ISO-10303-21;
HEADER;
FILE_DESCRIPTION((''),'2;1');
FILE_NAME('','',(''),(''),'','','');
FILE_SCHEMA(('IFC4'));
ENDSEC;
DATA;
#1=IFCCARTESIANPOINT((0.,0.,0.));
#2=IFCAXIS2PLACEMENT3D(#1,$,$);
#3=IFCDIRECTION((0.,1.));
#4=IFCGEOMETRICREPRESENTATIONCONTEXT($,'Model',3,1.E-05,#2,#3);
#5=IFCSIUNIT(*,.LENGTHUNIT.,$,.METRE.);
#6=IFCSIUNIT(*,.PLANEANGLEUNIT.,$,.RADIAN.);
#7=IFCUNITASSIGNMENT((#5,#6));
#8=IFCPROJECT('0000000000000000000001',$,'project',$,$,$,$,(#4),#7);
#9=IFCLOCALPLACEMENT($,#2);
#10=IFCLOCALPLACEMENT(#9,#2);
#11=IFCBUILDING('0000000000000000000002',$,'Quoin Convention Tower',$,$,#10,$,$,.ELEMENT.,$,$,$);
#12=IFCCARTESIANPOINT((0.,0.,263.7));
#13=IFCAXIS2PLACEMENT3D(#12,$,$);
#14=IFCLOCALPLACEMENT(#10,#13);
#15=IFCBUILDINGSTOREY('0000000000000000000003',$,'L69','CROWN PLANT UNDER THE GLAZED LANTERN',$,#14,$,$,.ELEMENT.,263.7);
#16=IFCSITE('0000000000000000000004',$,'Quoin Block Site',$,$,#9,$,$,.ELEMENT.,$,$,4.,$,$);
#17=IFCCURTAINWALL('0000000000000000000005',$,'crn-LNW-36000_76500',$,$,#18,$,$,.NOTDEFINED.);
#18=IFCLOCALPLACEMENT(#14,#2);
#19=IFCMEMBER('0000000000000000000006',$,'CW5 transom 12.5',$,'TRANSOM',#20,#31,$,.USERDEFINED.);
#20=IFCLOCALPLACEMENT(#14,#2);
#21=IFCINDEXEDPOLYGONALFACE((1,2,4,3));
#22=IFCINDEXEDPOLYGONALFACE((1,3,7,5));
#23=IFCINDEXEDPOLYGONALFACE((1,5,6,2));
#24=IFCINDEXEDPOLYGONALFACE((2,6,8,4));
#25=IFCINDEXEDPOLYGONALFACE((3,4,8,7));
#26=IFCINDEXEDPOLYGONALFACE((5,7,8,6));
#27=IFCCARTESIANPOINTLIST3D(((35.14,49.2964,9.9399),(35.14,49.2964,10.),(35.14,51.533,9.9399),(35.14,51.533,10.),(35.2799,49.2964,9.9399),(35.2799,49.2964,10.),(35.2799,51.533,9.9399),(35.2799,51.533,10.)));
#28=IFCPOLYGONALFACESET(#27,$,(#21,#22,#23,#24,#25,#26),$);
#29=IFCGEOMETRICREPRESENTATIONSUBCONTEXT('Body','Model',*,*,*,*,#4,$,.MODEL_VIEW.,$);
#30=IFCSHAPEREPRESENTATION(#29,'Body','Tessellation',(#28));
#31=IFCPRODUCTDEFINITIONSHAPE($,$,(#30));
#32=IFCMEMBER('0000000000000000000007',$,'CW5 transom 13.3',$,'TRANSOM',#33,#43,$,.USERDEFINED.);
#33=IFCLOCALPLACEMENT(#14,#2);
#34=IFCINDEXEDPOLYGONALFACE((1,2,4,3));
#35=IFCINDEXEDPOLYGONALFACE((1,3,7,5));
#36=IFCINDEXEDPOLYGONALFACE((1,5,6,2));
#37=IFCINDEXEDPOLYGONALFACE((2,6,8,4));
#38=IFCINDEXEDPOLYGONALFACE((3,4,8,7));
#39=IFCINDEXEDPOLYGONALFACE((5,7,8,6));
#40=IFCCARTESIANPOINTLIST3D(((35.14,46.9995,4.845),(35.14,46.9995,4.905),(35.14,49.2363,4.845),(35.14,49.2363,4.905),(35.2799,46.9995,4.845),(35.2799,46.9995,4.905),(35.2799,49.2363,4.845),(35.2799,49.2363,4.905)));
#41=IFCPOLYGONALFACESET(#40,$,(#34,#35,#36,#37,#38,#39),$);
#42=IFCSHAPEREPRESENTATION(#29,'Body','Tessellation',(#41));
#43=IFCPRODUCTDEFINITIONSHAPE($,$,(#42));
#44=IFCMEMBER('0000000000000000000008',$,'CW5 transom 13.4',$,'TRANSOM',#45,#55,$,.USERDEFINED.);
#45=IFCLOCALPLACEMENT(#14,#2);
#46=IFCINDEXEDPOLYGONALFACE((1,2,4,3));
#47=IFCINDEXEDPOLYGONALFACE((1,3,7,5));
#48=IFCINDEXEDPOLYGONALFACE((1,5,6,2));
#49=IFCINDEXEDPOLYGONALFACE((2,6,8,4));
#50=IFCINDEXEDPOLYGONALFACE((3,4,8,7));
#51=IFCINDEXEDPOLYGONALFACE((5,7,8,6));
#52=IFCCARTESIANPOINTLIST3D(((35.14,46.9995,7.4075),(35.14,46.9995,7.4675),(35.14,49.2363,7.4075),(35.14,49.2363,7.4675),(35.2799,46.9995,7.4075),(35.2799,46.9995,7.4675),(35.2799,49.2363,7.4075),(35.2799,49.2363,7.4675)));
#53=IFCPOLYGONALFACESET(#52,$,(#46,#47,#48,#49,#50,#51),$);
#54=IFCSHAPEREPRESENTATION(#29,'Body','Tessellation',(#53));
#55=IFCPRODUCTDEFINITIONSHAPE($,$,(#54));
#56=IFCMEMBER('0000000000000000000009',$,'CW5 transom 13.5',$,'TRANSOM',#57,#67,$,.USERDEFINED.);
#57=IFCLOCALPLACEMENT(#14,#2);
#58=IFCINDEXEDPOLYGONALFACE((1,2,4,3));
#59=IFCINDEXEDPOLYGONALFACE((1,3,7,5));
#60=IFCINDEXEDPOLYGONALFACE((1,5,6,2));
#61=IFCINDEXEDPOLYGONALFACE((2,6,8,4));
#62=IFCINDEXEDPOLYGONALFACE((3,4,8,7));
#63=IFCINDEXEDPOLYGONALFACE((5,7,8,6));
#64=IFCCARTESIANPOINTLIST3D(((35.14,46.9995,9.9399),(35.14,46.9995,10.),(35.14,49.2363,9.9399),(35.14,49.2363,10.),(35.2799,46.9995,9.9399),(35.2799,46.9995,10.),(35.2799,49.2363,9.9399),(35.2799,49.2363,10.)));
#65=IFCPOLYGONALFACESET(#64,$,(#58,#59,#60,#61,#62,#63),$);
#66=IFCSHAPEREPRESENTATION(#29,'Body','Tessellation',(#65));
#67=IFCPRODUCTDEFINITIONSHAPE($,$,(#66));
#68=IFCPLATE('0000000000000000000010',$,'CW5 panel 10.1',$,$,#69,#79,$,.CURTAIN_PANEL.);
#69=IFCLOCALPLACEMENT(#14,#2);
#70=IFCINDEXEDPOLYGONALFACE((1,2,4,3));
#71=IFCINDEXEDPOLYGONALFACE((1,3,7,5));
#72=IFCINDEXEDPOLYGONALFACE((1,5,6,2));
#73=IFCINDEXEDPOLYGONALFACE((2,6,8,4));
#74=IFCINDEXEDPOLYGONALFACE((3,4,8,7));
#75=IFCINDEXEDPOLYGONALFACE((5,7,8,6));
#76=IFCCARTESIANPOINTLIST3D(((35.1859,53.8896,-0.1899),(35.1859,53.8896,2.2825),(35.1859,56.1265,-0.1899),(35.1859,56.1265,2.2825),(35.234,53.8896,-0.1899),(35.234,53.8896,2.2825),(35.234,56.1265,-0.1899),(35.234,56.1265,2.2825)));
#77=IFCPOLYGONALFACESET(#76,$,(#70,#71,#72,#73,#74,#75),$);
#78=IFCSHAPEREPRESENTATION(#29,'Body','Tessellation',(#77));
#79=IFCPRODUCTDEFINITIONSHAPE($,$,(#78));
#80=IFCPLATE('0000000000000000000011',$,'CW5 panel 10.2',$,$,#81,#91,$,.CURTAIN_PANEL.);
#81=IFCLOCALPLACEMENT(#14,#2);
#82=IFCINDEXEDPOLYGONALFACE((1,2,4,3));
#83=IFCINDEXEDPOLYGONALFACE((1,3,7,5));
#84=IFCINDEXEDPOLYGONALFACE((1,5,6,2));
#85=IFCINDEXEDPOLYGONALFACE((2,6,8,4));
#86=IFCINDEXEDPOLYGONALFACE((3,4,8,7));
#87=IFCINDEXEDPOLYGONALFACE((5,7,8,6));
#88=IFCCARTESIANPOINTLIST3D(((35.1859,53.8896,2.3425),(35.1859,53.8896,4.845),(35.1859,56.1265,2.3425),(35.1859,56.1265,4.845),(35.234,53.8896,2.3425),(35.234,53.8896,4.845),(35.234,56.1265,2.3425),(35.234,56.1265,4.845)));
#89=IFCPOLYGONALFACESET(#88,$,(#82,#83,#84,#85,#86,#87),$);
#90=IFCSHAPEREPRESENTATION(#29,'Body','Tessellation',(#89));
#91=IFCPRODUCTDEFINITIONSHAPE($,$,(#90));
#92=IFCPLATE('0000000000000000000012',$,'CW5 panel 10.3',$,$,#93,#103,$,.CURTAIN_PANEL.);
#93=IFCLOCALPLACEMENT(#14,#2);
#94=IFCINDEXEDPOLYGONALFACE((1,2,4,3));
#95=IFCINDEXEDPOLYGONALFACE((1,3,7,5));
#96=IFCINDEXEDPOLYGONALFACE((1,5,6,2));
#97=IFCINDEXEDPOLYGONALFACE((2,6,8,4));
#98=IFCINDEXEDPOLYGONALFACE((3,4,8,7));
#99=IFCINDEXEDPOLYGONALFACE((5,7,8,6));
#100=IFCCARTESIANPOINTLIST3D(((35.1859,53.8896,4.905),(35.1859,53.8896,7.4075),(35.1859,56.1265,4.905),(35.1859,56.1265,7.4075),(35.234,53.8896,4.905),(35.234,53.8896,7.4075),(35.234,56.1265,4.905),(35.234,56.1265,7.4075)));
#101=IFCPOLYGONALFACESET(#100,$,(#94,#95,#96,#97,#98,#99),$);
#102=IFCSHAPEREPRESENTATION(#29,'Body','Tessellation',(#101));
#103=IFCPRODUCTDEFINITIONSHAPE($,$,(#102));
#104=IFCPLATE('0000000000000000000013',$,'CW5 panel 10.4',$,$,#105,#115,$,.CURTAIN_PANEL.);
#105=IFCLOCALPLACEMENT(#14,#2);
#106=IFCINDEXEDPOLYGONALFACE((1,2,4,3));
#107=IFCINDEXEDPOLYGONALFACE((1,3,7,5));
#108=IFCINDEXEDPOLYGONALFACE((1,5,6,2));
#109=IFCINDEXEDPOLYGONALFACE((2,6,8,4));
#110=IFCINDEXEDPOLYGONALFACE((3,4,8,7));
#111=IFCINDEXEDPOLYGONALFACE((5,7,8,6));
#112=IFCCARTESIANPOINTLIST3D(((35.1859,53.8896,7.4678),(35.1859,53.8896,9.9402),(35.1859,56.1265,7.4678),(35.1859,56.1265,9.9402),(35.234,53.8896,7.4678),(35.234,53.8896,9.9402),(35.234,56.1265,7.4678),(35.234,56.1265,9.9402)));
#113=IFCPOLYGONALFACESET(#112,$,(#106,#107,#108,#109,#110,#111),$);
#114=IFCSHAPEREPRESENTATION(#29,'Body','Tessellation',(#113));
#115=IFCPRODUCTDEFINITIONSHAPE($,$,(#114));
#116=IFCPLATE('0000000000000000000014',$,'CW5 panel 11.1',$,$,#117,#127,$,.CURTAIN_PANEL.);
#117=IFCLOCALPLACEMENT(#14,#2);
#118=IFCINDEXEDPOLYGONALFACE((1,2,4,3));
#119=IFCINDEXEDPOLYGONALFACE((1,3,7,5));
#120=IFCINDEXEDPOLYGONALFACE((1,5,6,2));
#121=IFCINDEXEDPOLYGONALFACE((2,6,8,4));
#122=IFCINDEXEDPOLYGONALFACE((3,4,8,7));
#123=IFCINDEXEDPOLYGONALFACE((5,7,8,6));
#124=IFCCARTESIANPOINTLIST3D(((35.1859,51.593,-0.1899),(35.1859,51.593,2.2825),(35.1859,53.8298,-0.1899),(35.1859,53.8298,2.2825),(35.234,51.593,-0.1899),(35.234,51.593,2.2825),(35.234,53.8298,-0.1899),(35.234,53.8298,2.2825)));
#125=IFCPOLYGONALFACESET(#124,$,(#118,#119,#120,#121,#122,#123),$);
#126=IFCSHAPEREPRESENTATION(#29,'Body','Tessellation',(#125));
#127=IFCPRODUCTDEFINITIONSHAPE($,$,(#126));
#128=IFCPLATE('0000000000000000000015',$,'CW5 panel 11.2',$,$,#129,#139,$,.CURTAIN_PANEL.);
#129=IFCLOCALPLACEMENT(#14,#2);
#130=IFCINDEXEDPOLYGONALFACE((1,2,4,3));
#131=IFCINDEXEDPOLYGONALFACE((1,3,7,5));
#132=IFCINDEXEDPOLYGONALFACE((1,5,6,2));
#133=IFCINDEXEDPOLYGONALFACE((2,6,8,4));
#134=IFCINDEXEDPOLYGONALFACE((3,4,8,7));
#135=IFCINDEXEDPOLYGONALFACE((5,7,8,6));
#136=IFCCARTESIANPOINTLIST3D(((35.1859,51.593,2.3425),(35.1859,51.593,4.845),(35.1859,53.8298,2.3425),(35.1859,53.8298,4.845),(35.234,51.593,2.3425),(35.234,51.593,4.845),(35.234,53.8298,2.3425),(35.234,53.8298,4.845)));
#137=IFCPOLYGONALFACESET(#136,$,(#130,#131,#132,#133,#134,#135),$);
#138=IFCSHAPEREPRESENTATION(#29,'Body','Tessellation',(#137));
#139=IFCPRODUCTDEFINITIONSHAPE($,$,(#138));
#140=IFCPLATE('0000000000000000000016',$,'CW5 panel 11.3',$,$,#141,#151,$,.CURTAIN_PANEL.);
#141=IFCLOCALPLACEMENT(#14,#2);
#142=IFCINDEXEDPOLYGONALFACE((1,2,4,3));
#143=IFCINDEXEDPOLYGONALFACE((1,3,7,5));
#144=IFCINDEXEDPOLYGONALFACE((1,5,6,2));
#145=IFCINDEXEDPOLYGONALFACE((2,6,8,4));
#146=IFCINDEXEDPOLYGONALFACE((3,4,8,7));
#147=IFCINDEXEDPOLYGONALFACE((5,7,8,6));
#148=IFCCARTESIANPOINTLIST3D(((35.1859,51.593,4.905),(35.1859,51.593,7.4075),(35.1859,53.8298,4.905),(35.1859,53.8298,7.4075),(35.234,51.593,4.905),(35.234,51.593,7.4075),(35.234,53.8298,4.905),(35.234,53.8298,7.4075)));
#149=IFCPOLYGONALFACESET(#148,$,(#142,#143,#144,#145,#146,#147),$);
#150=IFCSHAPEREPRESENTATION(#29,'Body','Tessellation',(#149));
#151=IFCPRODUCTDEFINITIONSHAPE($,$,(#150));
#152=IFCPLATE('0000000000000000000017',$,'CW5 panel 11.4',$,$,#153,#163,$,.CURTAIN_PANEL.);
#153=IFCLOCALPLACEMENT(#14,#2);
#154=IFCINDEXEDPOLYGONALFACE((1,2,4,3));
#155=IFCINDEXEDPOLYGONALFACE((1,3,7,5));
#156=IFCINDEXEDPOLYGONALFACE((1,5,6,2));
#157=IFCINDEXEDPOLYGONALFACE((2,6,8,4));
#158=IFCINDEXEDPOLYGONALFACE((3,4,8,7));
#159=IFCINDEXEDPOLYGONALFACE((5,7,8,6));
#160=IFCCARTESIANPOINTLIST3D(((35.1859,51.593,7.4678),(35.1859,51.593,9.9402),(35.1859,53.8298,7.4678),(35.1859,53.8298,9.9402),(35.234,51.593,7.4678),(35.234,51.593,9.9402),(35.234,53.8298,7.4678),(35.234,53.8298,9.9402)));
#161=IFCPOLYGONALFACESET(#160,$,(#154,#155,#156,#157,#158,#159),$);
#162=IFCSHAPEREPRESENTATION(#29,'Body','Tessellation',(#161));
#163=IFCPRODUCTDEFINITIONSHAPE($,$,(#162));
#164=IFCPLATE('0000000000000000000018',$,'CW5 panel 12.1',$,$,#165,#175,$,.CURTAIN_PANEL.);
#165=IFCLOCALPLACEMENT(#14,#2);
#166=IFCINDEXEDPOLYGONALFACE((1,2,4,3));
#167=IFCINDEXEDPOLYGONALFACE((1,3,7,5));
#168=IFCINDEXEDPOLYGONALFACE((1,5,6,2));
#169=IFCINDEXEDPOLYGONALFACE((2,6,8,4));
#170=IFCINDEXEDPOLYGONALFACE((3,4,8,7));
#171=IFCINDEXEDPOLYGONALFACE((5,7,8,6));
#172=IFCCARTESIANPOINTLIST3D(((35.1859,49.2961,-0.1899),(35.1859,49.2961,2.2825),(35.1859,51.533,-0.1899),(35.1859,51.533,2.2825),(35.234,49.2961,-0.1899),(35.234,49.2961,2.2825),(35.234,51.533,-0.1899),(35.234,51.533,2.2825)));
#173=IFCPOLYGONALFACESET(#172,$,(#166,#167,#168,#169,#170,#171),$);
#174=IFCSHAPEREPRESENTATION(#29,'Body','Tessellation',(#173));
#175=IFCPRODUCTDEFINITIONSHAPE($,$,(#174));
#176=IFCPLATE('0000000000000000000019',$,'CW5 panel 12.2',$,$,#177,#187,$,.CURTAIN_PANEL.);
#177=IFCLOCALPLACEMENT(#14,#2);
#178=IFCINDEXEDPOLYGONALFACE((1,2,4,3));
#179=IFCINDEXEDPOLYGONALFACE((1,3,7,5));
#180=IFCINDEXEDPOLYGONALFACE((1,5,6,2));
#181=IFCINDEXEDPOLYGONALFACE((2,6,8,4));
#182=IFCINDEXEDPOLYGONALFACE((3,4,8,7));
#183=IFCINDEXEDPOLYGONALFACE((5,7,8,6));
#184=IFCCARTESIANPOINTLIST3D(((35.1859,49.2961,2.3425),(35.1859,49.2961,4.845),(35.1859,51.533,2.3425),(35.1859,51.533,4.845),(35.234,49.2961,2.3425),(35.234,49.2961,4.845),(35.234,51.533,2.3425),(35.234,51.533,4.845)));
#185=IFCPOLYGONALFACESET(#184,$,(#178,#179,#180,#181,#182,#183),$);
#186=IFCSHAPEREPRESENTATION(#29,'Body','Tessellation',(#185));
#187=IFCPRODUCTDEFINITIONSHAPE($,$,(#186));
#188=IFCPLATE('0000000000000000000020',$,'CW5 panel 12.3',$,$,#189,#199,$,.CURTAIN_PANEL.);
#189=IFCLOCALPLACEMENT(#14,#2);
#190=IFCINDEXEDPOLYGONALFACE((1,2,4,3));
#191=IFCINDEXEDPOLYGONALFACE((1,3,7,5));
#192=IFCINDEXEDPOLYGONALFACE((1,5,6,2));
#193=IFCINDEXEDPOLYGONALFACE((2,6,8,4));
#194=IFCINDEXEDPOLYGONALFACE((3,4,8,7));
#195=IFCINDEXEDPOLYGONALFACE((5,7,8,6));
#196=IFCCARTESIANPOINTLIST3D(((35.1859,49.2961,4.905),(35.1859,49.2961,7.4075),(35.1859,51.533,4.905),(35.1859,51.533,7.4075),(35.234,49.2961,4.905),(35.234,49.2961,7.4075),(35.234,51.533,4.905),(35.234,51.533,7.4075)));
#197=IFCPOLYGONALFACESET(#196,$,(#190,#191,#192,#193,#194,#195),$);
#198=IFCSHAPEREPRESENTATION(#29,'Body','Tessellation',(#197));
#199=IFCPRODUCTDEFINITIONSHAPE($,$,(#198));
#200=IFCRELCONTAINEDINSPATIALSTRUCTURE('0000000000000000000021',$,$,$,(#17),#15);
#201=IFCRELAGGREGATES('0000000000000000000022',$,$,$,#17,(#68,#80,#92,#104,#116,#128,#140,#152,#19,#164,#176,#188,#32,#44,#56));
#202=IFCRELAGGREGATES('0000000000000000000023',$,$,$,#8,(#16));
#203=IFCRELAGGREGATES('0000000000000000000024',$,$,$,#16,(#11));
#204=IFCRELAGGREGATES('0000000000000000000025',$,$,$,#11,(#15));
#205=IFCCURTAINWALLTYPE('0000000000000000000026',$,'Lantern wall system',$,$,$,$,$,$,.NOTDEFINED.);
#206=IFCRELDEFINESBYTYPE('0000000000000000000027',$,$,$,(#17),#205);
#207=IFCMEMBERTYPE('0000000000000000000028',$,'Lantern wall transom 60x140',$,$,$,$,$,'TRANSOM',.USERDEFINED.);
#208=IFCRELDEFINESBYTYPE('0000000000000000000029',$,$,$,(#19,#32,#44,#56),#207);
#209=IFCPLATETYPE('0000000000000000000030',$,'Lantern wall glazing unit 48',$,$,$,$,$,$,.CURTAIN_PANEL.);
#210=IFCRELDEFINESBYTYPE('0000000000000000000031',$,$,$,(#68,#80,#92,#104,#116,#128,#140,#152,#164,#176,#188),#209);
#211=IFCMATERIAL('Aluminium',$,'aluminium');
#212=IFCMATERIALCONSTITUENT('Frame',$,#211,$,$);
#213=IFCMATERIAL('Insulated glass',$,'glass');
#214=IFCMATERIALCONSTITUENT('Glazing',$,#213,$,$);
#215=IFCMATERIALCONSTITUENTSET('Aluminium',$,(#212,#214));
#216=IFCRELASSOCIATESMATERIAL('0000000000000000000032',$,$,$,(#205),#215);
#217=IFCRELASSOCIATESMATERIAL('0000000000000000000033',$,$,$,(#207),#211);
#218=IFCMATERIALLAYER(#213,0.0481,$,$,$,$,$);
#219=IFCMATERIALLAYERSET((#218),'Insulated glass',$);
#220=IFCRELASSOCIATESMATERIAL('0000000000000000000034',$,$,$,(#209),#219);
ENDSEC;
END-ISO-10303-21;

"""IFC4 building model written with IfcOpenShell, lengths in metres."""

from ifc_helpers import new_model, si_unit, direction, frame, origin, origin_2d, place, context, subcontext, project, spatial, rectangle, extrude, material, layer, layer_set, constituent, constituent_set, material_profile, profile_set, type_object, element, aggregate, save


model = new_model("IFC4")

# Units and contexts
model_context = context("Model", 3, precision=1e-05, world=origin(), true_north=direction((0.0, 1.0)))
body_context = subcontext(model_context, "Body", "Model", "MODEL_VIEW")
ifc_project = project(units=[si_unit("LENGTHUNIT", "METRE"), si_unit("PLANEANGLEUNIT", "RADIAN")], contexts=[model_context])

# Site, building, storey
site_placement = place(None, origin())
site = spatial("IfcSite", under=ifc_project, at=site_placement, Name="Quoin Block Site", CompositionType="ELEMENT", RefElevation=4.0)
building_placement = place(site_placement, origin())
building = spatial("IfcBuilding", under=site, at=building_placement, Name="Quoin Convention Tower", CompositionType="ELEMENT")
storey_placement = place(building_placement, frame((0.0, 0.0, 263.7)))
storey = spatial("IfcBuildingStorey", under=building, at=storey_placement, Name="L69", Description="CROWN PLANT UNDER THE GLAZED LANTERN", CompositionType="ELEMENT", Elevation=263.7)

# Curtain wall, members, plates
ifc_material_1 = material(Name="Aluminium", Category="aluminium")
ifc_constituent_1 = constituent(ifc_material_1, Name="Frame")
ifc_material_2 = material(Name="Insulated glass", Category="glass")
ifc_constituent_2 = constituent(ifc_material_2, Name="Glazing")
ifc_constituent_set = constituent_set(constituents=[ifc_constituent_1, ifc_constituent_2], Name="Aluminium")
curtain_wall_type = type_object("IfcCurtainWallType", Name="Lantern wall system", PredefinedType="NOTDEFINED", material=ifc_constituent_set)
curtain_wall_placement = place(storey_placement, origin())
curtain_wall = element("IfcCurtainWall", 1, at=curtain_wall_placement, inside=storey, type_object=curtain_wall_type, Name="crn-LNW-36000_76500", PredefinedType="NOTDEFINED")
ifc_material_profile_1 = material_profile(ifc_material_1, rectangle(XDim=0.1399, YDim=0.0601, at=origin_2d()), Name="Lantern wall transom 60x140")
ifc_profile_set_1 = profile_set([ifc_material_profile_1], Name="Aluminium")
member_type_1 = type_object("IfcMemberType", Name="Lantern wall transom 60x140", ElementType="TRANSOM", PredefinedType="USERDEFINED", material=ifc_profile_set_1)
member_1_placement = place(storey_placement, frame((35.21, 51.533, 9.97), z_axis=(0.0, -1.0, 0.0), x_axis=(1.0, 0.0, 0.0)))
member_1 = element("IfcMember", 2, at=member_1_placement, type_object=member_type_1, Name="CW5 transom 12.5", ObjectType="TRANSOM", PredefinedType="USERDEFINED", context=body_context, shape_type="SweptSolid", body=[
    extrude(rectangle(XDim=0.1399, YDim=0.0601, at=origin_2d()), origin(), (0.0, 0.0, 1.0), 2.2366),
])
member_2_placement = place(storey_placement, frame((35.21, 49.2363, 4.875), z_axis=(0.0, -1.0, 0.0), x_axis=(1.0, 0.0, 0.0)))
member_2 = element("IfcMember", 3, at=member_2_placement, type_object=member_type_1, Name="CW5 transom 13.3", ObjectType="TRANSOM", PredefinedType="USERDEFINED", context=body_context, shape_type="SweptSolid", body=[
    extrude(rectangle(XDim=0.1399, YDim=0.0601, at=origin_2d()), origin(), (0.0, 0.0, 1.0), 2.2368),
])
member_3_placement = place(storey_placement, frame((35.21, 49.2363, 7.4375), z_axis=(0.0, -1.0, 0.0), x_axis=(1.0, 0.0, 0.0)))
member_3 = element("IfcMember", 4, at=member_3_placement, type_object=member_type_1, Name="CW5 transom 13.4", ObjectType="TRANSOM", PredefinedType="USERDEFINED", context=body_context, shape_type="SweptSolid", body=[
    extrude(rectangle(XDim=0.1399, YDim=0.0601, at=origin_2d()), origin(), (0.0, 0.0, 1.0), 2.2368),
])
member_4_placement = place(storey_placement, frame((35.21, 49.2363, 9.97), z_axis=(0.0, -1.0, 0.0), x_axis=(1.0, 0.0, 0.0)))
member_4 = element("IfcMember", 5, at=member_4_placement, type_object=member_type_1, Name="CW5 transom 13.5", ObjectType="TRANSOM", PredefinedType="USERDEFINED", context=body_context, shape_type="SweptSolid", body=[
    extrude(rectangle(XDim=0.1399, YDim=0.0601, at=origin_2d()), origin(), (0.0, 0.0, 1.0), 2.2368),
])
ifc_layer = layer(ifc_material_2, 0.0481)
ifc_layer_set = layer_set([ifc_layer], Name="Insulated glass")
plate_type = type_object("IfcPlateType", Name="Lantern wall glazing unit 48", PredefinedType="CURTAIN_PANEL", material=ifc_layer_set)
plate_1_placement = place(storey_placement, frame((35.21, 55.0081, -0.1899), z_axis=(0.0, 0.0, 1.0), x_axis=(0.0, -1.0, 0.0)))
plate_1 = element("IfcPlate", 6, at=plate_1_placement, type_object=plate_type, Name="CW5 panel 10.1", PredefinedType="CURTAIN_PANEL", context=body_context, shape_type="SweptSolid", body=[
    extrude(rectangle(XDim=2.2368, YDim=0.0481, at=origin_2d()), origin(), (0.0, 0.0, 1.0), 2.4724),
])
plate_2_placement = place(storey_placement, frame((35.21, 55.0081, 2.3425), z_axis=(0.0, 0.0, 1.0), x_axis=(0.0, -1.0, 0.0)))
plate_2 = element("IfcPlate", 7, at=plate_2_placement, type_object=plate_type, Name="CW5 panel 10.2", PredefinedType="CURTAIN_PANEL", context=body_context, shape_type="SweptSolid", body=[
    extrude(rectangle(XDim=2.2368, YDim=0.0481, at=origin_2d()), origin(), (0.0, 0.0, 1.0), 2.5024),
])
plate_3_placement = place(storey_placement, frame((35.21, 55.0081, 4.905), z_axis=(0.0, 0.0, 1.0), x_axis=(0.0, -1.0, 0.0)))
plate_3 = element("IfcPlate", 8, at=plate_3_placement, type_object=plate_type, Name="CW5 panel 10.3", PredefinedType="CURTAIN_PANEL", context=body_context, shape_type="SweptSolid", body=[
    extrude(rectangle(XDim=2.2368, YDim=0.0481, at=origin_2d()), origin(), (0.0, 0.0, 1.0), 2.5024),
])
plate_4_placement = place(storey_placement, frame((35.21, 55.0081, 7.4678), z_axis=(0.0, 0.0, 1.0), x_axis=(0.0, -1.0, 0.0)))
plate_4 = element("IfcPlate", 9, at=plate_4_placement, type_object=plate_type, Name="CW5 panel 10.4", PredefinedType="CURTAIN_PANEL", context=body_context, shape_type="SweptSolid", body=[
    extrude(rectangle(XDim=2.2368, YDim=0.0481, at=origin_2d()), origin(), (0.0, 0.0, 1.0), 2.4724),
])
plate_5_placement = place(storey_placement, frame((35.21, 52.7114, -0.1899), z_axis=(0.0, 0.0, 1.0), x_axis=(0.0, -1.0, 0.0)))
plate_5 = element("IfcPlate", 10, at=plate_5_placement, type_object=plate_type, Name="CW5 panel 11.1", PredefinedType="CURTAIN_PANEL", context=body_context, shape_type="SweptSolid", body=[
    extrude(rectangle(XDim=2.2368, YDim=0.0481, at=origin_2d()), origin(), (0.0, 0.0, 1.0), 2.4724),
])
plate_6_placement = place(storey_placement, frame((35.21, 52.7114, 2.3425), z_axis=(0.0, 0.0, 1.0), x_axis=(0.0, -1.0, 0.0)))
plate_6 = element("IfcPlate", 11, at=plate_6_placement, type_object=plate_type, Name="CW5 panel 11.2", PredefinedType="CURTAIN_PANEL", context=body_context, shape_type="SweptSolid", body=[
    extrude(rectangle(XDim=2.2368, YDim=0.0481, at=origin_2d()), origin(), (0.0, 0.0, 1.0), 2.5024),
])
plate_7_placement = place(storey_placement, frame((35.21, 52.7114, 4.905), z_axis=(0.0, 0.0, 1.0), x_axis=(0.0, -1.0, 0.0)))
plate_7 = element("IfcPlate", 12, at=plate_7_placement, type_object=plate_type, Name="CW5 panel 11.3", PredefinedType="CURTAIN_PANEL", context=body_context, shape_type="SweptSolid", body=[
    extrude(rectangle(XDim=2.2368, YDim=0.0481, at=origin_2d()), origin(), (0.0, 0.0, 1.0), 2.5024),
])
plate_8_placement = place(storey_placement, frame((35.21, 52.7114, 7.4678), z_axis=(0.0, 0.0, 1.0), x_axis=(0.0, -1.0, 0.0)))
plate_8 = element("IfcPlate", 13, at=plate_8_placement, type_object=plate_type, Name="CW5 panel 11.4", PredefinedType="CURTAIN_PANEL", context=body_context, shape_type="SweptSolid", body=[
    extrude(rectangle(XDim=2.2368, YDim=0.0481, at=origin_2d()), origin(), (0.0, 0.0, 1.0), 2.4724),
])
plate_9_placement = place(storey_placement, frame((35.21, 50.4146, -0.1899), z_axis=(0.0, 0.0, 1.0), x_axis=(0.0, -1.0, 0.0)))
plate_9 = element("IfcPlate", 14, at=plate_9_placement, type_object=plate_type, Name="CW5 panel 12.1", PredefinedType="CURTAIN_PANEL", context=body_context, shape_type="SweptSolid", body=[
    extrude(rectangle(XDim=2.2368, YDim=0.0481, at=origin_2d()), origin(), (0.0, 0.0, 1.0), 2.4724),
])
plate_10_placement = place(storey_placement, frame((35.21, 50.4146, 2.3425), z_axis=(0.0, 0.0, 1.0), x_axis=(0.0, -1.0, 0.0)))
plate_10 = element("IfcPlate", 15, at=plate_10_placement, type_object=plate_type, Name="CW5 panel 12.2", PredefinedType="CURTAIN_PANEL", context=body_context, shape_type="SweptSolid", body=[
    extrude(rectangle(XDim=2.2368, YDim=0.0481, at=origin_2d()), origin(), (0.0, 0.0, 1.0), 2.5024),
])
plate_11_placement = place(storey_placement, frame((35.21, 50.4146, 4.905), z_axis=(0.0, 0.0, 1.0), x_axis=(0.0, -1.0, 0.0)))
plate_11 = element("IfcPlate", 16, at=plate_11_placement, type_object=plate_type, Name="CW5 panel 12.3", PredefinedType="CURTAIN_PANEL", context=body_context, shape_type="SweptSolid", body=[
    extrude(rectangle(XDim=2.2368, YDim=0.0481, at=origin_2d()), origin(), (0.0, 0.0, 1.0), 2.5024),
])
aggregate(curtain_wall, [plate_1, plate_2, plate_3, plate_4, plate_5, plate_6, plate_7, plate_8, member_1, plate_9, plate_10, plate_11, member_2, member_3, member_4])

save(model, "model.ifc")
